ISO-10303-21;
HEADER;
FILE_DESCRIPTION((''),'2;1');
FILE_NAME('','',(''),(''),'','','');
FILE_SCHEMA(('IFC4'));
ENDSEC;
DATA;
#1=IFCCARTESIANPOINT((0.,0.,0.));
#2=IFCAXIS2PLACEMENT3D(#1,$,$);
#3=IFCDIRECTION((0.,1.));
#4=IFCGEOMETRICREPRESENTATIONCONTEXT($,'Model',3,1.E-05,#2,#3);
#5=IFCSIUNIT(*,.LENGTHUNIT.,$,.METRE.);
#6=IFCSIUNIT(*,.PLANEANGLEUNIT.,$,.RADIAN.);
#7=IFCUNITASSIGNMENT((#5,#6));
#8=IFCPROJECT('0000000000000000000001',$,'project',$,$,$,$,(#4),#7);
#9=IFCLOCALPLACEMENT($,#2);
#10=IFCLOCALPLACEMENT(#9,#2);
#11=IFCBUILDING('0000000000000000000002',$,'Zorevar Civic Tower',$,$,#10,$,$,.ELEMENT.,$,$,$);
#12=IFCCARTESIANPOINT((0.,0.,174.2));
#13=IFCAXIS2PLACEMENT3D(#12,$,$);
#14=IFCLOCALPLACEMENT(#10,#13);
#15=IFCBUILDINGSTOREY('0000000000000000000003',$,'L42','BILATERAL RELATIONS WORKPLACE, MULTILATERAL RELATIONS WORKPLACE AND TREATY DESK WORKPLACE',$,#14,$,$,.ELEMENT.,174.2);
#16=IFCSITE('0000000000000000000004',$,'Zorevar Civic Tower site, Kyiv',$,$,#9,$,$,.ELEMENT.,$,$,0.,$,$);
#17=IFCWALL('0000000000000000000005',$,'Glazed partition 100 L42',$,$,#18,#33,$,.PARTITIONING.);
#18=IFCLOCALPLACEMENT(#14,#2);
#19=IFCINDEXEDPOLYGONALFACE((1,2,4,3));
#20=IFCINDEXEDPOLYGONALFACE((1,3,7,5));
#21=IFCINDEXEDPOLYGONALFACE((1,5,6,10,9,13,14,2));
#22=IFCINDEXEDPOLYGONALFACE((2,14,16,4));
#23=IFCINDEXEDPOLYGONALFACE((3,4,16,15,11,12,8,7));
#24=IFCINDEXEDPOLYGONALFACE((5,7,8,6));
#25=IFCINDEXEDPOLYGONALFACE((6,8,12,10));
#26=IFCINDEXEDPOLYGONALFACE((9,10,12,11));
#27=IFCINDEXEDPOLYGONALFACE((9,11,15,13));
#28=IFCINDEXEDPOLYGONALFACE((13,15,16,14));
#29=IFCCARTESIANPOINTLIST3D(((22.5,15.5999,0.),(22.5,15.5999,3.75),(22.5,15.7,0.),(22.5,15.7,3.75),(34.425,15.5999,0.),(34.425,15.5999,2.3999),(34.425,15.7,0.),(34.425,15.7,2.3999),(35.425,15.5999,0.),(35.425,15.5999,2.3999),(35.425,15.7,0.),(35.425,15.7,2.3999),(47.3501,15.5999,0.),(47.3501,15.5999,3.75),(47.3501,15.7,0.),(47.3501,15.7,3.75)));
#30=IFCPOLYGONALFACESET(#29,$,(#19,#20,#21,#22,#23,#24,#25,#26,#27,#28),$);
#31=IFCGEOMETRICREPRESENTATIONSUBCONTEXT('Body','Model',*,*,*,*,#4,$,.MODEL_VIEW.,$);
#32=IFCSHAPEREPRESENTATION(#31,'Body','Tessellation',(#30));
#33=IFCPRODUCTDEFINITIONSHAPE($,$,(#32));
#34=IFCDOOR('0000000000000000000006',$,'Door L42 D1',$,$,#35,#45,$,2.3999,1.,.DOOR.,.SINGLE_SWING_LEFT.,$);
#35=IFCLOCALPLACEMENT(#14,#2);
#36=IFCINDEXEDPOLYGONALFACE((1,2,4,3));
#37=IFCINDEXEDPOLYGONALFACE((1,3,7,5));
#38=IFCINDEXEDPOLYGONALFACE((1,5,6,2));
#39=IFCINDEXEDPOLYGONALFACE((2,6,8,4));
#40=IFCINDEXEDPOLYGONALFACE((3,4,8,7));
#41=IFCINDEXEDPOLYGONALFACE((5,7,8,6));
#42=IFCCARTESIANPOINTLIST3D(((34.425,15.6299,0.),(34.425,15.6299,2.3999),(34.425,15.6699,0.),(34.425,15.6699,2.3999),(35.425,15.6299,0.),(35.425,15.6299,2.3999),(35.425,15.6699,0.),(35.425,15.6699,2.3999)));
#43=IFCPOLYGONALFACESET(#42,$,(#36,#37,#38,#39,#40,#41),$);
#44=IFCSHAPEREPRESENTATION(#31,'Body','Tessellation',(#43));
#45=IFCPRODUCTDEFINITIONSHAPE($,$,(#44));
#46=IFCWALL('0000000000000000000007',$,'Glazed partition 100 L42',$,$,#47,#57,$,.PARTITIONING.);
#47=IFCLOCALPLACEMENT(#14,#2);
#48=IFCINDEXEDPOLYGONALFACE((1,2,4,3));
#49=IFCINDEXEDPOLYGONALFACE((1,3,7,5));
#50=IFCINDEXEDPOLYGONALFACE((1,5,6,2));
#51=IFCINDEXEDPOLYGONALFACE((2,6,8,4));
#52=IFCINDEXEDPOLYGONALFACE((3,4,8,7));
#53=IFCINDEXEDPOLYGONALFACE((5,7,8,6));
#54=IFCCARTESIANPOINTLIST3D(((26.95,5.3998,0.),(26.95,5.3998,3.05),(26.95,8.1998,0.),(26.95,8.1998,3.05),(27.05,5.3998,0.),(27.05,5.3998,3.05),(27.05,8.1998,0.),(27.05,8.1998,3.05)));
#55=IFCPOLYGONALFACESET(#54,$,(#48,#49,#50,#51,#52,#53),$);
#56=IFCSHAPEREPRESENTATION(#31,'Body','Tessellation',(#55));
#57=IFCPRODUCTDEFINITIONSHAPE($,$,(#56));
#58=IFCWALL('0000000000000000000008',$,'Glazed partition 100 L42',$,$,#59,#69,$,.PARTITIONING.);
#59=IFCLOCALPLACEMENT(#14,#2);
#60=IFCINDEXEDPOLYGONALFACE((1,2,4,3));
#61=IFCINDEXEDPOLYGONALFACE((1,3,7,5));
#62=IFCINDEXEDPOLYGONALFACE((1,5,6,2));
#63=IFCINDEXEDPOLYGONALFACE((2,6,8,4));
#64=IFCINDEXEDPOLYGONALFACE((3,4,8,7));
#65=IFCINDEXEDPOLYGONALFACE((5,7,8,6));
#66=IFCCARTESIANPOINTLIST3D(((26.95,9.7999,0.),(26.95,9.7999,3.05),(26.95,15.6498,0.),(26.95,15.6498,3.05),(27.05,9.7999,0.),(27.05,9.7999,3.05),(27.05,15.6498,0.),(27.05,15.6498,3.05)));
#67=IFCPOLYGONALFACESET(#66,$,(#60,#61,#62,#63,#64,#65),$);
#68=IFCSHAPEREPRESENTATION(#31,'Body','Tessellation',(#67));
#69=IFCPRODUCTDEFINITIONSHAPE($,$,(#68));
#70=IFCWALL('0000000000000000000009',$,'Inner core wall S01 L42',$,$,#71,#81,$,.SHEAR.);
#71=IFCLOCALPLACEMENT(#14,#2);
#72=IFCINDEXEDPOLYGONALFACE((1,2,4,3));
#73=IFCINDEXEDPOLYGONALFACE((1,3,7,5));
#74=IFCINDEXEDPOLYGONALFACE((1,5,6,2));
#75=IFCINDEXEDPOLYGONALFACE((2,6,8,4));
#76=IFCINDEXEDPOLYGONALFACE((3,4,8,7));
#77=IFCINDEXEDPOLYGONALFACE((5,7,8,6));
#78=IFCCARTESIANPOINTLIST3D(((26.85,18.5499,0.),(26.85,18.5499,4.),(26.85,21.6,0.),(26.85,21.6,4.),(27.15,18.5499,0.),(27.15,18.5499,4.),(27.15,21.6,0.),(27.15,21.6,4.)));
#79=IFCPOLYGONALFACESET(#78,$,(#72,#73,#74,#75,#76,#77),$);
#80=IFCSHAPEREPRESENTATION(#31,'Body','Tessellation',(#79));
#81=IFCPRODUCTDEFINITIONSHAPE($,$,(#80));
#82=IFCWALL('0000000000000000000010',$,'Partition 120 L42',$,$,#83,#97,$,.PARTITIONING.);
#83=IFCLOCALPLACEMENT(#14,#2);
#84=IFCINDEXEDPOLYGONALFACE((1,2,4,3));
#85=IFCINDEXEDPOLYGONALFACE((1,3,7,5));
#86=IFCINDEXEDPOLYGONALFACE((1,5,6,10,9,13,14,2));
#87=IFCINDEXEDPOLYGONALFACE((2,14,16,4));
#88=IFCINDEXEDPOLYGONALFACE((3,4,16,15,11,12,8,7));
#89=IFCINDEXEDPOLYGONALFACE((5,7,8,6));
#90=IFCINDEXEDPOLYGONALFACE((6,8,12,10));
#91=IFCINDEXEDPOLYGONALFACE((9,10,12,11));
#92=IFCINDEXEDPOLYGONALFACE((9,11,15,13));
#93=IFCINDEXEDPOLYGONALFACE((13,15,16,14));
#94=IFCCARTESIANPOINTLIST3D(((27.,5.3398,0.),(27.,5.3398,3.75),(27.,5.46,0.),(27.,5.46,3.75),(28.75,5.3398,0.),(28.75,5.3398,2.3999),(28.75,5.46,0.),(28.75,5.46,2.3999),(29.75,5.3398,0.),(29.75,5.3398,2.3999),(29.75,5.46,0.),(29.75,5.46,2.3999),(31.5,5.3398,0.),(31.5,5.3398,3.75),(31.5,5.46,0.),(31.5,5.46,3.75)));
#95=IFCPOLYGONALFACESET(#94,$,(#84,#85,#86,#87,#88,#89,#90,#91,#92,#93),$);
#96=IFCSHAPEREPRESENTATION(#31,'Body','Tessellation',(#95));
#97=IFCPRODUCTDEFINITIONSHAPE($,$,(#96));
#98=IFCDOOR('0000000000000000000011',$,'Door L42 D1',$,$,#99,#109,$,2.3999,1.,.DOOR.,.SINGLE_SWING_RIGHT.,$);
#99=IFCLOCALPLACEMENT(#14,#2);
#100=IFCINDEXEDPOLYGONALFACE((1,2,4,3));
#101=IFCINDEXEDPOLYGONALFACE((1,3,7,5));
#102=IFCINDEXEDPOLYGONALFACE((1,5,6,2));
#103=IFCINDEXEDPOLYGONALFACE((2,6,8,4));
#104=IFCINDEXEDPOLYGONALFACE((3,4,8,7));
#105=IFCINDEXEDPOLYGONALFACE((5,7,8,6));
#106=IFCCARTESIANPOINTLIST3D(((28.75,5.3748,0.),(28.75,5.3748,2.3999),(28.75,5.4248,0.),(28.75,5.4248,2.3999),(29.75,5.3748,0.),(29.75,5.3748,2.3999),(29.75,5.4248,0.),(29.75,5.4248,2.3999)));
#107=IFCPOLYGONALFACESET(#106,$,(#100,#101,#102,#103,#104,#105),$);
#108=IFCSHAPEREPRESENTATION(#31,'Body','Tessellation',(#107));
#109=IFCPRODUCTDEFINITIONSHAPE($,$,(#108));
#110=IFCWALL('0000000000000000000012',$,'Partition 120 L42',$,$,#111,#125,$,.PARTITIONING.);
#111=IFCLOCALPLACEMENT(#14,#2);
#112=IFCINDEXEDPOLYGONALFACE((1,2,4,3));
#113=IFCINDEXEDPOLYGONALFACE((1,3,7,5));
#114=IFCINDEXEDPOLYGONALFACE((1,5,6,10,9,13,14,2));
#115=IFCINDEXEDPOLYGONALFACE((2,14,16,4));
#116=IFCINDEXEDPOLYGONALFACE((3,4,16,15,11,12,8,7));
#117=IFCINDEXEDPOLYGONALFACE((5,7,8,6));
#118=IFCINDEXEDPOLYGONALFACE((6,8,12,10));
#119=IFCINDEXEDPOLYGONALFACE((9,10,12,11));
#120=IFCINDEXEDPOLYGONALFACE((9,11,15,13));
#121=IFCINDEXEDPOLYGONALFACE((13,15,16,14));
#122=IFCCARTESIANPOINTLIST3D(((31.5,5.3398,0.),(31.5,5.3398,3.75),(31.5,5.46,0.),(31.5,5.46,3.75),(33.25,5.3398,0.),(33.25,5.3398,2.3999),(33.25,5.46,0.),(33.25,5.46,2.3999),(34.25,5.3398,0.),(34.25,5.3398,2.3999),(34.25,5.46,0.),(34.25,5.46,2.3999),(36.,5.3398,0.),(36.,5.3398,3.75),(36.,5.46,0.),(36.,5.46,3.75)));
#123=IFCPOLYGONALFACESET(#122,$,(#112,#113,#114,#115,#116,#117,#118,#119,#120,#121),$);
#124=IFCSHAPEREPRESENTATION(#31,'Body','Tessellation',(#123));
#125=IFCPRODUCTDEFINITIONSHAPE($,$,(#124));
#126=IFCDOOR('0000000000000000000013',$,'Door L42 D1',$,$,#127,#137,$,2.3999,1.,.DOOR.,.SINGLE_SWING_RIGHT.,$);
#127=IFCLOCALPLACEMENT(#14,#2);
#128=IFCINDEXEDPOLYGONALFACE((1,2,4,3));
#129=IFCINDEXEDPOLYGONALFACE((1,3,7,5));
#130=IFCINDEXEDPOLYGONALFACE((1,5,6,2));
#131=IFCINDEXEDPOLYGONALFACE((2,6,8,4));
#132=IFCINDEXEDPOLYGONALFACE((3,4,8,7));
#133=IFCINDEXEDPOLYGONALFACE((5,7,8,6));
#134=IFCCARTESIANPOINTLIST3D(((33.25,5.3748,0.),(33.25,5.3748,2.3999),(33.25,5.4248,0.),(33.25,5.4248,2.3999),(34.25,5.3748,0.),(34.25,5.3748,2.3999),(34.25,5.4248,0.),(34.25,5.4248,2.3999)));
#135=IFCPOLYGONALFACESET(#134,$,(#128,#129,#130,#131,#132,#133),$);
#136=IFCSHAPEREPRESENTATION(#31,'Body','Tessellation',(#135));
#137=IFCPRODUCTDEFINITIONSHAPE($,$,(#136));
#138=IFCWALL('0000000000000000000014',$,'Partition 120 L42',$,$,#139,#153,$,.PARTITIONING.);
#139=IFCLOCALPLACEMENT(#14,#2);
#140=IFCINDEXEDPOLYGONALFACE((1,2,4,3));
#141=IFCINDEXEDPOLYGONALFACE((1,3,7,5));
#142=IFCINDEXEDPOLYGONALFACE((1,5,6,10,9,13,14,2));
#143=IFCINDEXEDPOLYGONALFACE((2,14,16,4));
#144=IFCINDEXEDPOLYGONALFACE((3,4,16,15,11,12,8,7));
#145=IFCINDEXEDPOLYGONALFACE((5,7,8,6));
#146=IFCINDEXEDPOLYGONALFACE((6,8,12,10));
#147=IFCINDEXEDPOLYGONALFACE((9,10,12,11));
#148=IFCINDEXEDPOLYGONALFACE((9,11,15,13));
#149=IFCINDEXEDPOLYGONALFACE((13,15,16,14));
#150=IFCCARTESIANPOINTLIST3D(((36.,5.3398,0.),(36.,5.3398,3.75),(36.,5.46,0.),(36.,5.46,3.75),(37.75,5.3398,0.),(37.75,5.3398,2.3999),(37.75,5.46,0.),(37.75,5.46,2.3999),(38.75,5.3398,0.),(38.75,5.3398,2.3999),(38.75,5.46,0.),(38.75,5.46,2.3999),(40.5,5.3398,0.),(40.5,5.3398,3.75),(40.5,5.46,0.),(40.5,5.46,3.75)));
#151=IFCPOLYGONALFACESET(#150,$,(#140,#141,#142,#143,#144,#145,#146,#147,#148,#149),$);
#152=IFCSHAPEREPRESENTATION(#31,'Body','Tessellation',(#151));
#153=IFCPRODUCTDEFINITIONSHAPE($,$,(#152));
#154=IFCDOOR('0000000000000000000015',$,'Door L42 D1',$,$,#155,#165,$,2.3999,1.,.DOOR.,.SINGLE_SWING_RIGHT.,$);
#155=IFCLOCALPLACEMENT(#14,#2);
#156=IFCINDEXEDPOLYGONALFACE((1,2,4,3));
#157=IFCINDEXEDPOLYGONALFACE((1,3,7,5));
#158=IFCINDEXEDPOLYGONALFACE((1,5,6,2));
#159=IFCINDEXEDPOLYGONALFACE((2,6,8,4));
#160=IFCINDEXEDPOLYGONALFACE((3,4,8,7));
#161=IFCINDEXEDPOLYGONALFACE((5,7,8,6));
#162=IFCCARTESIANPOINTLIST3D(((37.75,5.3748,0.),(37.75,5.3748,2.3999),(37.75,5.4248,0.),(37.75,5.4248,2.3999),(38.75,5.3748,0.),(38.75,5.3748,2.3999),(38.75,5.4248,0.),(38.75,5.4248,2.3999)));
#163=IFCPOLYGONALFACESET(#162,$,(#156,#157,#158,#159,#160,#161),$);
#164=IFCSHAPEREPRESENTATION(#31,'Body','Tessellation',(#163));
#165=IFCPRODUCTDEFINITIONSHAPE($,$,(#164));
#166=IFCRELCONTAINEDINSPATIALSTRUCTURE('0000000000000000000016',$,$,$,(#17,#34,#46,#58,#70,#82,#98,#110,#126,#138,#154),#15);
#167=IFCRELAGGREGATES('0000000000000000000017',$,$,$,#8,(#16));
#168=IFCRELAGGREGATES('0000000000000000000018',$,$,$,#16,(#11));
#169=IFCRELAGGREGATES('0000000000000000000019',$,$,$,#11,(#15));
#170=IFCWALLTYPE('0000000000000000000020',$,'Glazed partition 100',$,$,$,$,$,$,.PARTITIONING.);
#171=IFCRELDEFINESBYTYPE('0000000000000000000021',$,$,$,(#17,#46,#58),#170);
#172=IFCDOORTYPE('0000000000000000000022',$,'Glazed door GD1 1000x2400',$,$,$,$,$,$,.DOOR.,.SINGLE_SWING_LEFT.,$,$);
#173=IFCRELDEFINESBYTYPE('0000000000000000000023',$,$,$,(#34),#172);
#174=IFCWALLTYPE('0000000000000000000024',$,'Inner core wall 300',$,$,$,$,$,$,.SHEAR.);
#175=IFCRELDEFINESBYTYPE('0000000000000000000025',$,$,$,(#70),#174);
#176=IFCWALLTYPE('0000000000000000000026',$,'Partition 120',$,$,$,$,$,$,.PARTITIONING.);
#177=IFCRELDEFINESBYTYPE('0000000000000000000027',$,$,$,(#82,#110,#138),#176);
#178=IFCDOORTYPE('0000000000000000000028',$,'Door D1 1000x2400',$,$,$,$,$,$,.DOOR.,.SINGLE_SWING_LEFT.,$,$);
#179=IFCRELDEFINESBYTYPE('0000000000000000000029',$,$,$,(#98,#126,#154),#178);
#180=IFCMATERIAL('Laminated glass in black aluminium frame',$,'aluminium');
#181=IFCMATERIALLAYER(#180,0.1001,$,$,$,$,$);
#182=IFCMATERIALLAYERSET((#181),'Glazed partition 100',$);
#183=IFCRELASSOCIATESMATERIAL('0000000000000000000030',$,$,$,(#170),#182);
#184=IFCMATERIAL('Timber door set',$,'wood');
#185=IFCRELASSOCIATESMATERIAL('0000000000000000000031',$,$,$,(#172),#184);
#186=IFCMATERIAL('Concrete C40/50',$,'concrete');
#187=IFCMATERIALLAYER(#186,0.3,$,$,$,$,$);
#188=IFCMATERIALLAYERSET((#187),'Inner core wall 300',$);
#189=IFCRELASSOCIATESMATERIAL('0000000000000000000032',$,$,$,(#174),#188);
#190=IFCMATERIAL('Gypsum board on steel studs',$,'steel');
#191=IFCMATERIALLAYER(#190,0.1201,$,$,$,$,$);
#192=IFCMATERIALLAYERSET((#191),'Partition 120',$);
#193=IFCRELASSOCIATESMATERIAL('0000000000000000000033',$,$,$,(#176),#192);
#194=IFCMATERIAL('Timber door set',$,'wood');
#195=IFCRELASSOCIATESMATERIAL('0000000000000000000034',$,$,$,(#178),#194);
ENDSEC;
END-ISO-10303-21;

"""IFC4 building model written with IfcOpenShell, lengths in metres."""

from ifc_helpers import new_model, si_unit, direction, frame, frame_2d, origin, place, context, subcontext, project, spatial, rectangle, extrude, material, layer, layer_set, type_object, element, fill, save


model = new_model("IFC4")

# Units and contexts
model_context = context("Model", 3, precision=1e-05, world=origin(), true_north=direction((0.0, 1.0)))
body_context = subcontext(model_context, "Body", "Model", "MODEL_VIEW")
ifc_project = project(units=[si_unit("LENGTHUNIT", "METRE"), si_unit("PLANEANGLEUNIT", "RADIAN")], contexts=[model_context])

# Site, building, storey
site_placement = place(None, origin())
site = spatial("IfcSite", under=ifc_project, at=site_placement, Name="Zorevar Civic Tower site, Kyiv", CompositionType="ELEMENT", RefElevation=0.0)
building_placement = place(site_placement, origin())
building = spatial("IfcBuilding", under=site, at=building_placement, Name="Zorevar Civic Tower", CompositionType="ELEMENT")
storey_placement = place(building_placement, frame((0.0, 0.0, 174.2)))
storey = spatial("IfcBuildingStorey", under=building, at=storey_placement, Name="L42", Description="BILATERAL RELATIONS WORKPLACE, MULTILATERAL RELATIONS WORKPLACE AND TREATY DESK WORKPLACE", CompositionType="ELEMENT", Elevation=174.2)

# Wall, opening, door
ifc_material_1 = material(Name="Laminated glass in black aluminium frame", Category="aluminium")
ifc_layer_1 = layer(ifc_material_1, 0.1001)
ifc_layer_set_1 = layer_set([ifc_layer_1], Name="Glazed partition 100")
wall_type_1 = type_object("IfcWallType", Name="Glazed partition 100", PredefinedType="PARTITIONING", material=ifc_layer_set_1)
wall_1_placement = place(storey_placement, frame((22.5, 15.6499, 0.0), z_axis=(0.0, 0.0, 1.0), x_axis=(1.0, 0.0, 0.0)))
wall_1 = element("IfcWall", 1, at=wall_1_placement, inside=storey, type_object=wall_type_1, Name="Glazed partition 100 L42", PredefinedType="PARTITIONING", context=body_context, shape_type="SweptSolid", body=[
    extrude(rectangle(XDim=24.8501, YDim=0.1001, at=frame_2d((12.425, 0.0))), origin(), (0.0, 0.0, 1.0), 3.75),
])
opening_1_placement = place(wall_1_placement, frame((11.925, 0.0, 0.0)))
opening_1 = element("IfcOpeningElement", 2, at=opening_1_placement, cuts=wall_1, PredefinedType="OPENING", context=body_context, shape_type="SweptSolid", body=[
    extrude(rectangle(XDim=1.0, YDim=2.3999, at=frame_2d((0.5, 1.2))), frame((0.0, 0.0601, 0.0), z_axis=(0.0, -1.0, 0.0), x_axis=(1.0, 0.0, 0.0)), (0.0, 0.0, 1.0), 0.1201),
])
ifc_material_2 = material(Name="Timber door set", Category="wood")
door_type_1 = type_object("IfcDoorType", Name="Glazed door GD1 1000x2400", OperationType="SINGLE_SWING_LEFT", PredefinedType="DOOR", material=ifc_material_2)
door_1_placement = place(opening_1_placement, origin())
door_1 = element("IfcDoor", 3, at=door_1_placement, inside=storey, type_object=door_type_1, Name="Door L42 D1", OperationType="SINGLE_SWING_LEFT", OverallHeight=2.3999, OverallWidth=1.0, PredefinedType="DOOR", context=body_context, shape_type="SweptSolid", body=[
    extrude(rectangle(XDim=1.0, YDim=2.3999, at=frame_2d((0.5, 1.2))), frame((0.0, 0.02, 0.0), z_axis=(0.0, -1.0, 0.0), x_axis=(1.0, 0.0, 0.0)), (0.0, 0.0, 1.0), 0.04),
])
fill(opening_1, door_1)

# Walls
wall_2_placement = place(storey_placement, frame((27.0, 5.3999, 0.0), z_axis=(0.0, 0.0, 1.0), x_axis=(0.0, 1.0, 0.0)))
element("IfcWall", 4, at=wall_2_placement, inside=storey, type_object=wall_type_1, Name="Glazed partition 100 L42", PredefinedType="PARTITIONING", context=body_context, shape_type="SweptSolid", body=[
    extrude(rectangle(XDim=2.8, YDim=0.1001, at=frame_2d((1.3999, 0.0))), origin(), (0.0, 0.0, 1.0), 3.05),
])
wall_3_placement = place(storey_placement, frame((27.0, 9.8, 0.0), z_axis=(0.0, 0.0, 1.0), x_axis=(0.0, 1.0, 0.0)))
element("IfcWall", 5, at=wall_3_placement, inside=storey, type_object=wall_type_1, Name="Glazed partition 100 L42", PredefinedType="PARTITIONING", context=body_context, shape_type="SweptSolid", body=[
    extrude(rectangle(XDim=5.8499, YDim=0.1001, at=frame_2d((2.9248, 0.0))), origin(), (0.0, 0.0, 1.0), 3.05),
])
ifc_material_3 = material(Name="Concrete C40/50", Category="concrete")
ifc_layer_2 = layer(ifc_material_3, 0.3)
ifc_layer_set_2 = layer_set([ifc_layer_2], Name="Inner core wall 300")
wall_type_2 = type_object("IfcWallType", Name="Inner core wall 300", PredefinedType="SHEAR", material=ifc_layer_set_2)
wall_4_placement = place(storey_placement, frame((27.0, 18.55, 0.0), z_axis=(0.0, 0.0, 1.0), x_axis=(0.0, 1.0, 0.0)))
element("IfcWall", 6, at=wall_4_placement, inside=storey, type_object=wall_type_2, Name="Inner core wall S01 L42", PredefinedType="SHEAR", context=body_context, shape_type="SweptSolid", body=[
    extrude(rectangle(XDim=3.05, YDim=0.3, at=frame_2d((1.5249, 0.0))), origin(), (0.0, 0.0, 1.0), 4.0),
])

# Walls, openings, doors
ifc_material_4 = material(Name="Gypsum board on steel studs", Category="steel")
ifc_layer_3 = layer(ifc_material_4, 0.1201)
ifc_layer_set_3 = layer_set([ifc_layer_3], Name="Partition 120")
wall_type_3 = type_object("IfcWallType", Name="Partition 120", PredefinedType="PARTITIONING", material=ifc_layer_set_3)
wall_5_placement = place(storey_placement, frame((27.0, 5.3999, 0.0), z_axis=(0.0, 0.0, 1.0), x_axis=(1.0, 0.0, 0.0)))
wall_5 = element("IfcWall", 7, at=wall_5_placement, inside=storey, type_object=wall_type_3, Name="Partition 120 L42", PredefinedType="PARTITIONING", context=body_context, shape_type="SweptSolid", body=[
    extrude(rectangle(XDim=4.5, YDim=0.1201, at=frame_2d((2.25, 0.0))), origin(), (0.0, 0.0, 1.0), 3.75),
])
opening_2_placement = place(wall_5_placement, frame((1.75, 0.0, 0.0)))
opening_2 = element("IfcOpeningElement", 8, at=opening_2_placement, cuts=wall_5, PredefinedType="OPENING", context=body_context, shape_type="SweptSolid", body=[
    extrude(rectangle(XDim=1.0, YDim=2.3999, at=frame_2d((0.5, 1.2))), frame((0.0, 0.0701, 0.0), z_axis=(0.0, -1.0, 0.0), x_axis=(1.0, 0.0, 0.0)), (0.0, 0.0, 1.0), 0.1401),
])
ifc_material_5 = material(Name="Timber door set", Category="wood")
door_type_2 = type_object("IfcDoorType", Name="Door D1 1000x2400", OperationType="SINGLE_SWING_LEFT", PredefinedType="DOOR", material=ifc_material_5)
door_2_placement = place(opening_2_placement, origin())
door_2 = element("IfcDoor", 9, at=door_2_placement, inside=storey, type_object=door_type_2, Name="Door L42 D1", OperationType="SINGLE_SWING_RIGHT", OverallHeight=2.3999, OverallWidth=1.0, PredefinedType="DOOR", context=body_context, shape_type="SweptSolid", body=[
    extrude(rectangle(XDim=1.0, YDim=2.3999, at=frame_2d((0.5, 1.2))), frame((0.0, 0.0249, 0.0), z_axis=(0.0, -1.0, 0.0), x_axis=(1.0, 0.0, 0.0)), (0.0, 0.0, 1.0), 0.05),
])
fill(opening_2, door_2)
wall_6_placement = place(storey_placement, frame((31.5, 5.3999, 0.0), z_axis=(0.0, 0.0, 1.0), x_axis=(1.0, 0.0, 0.0)))
wall_6 = element("IfcWall", 10, at=wall_6_placement, inside=storey, type_object=wall_type_3, Name="Partition 120 L42", PredefinedType="PARTITIONING", context=body_context, shape_type="SweptSolid", body=[
    extrude(rectangle(XDim=4.5, YDim=0.1201, at=frame_2d((2.25, 0.0))), origin(), (0.0, 0.0, 1.0), 3.75),
])
opening_3_placement = place(wall_6_placement, frame((1.75, 0.0, 0.0)))
opening_3 = element("IfcOpeningElement", 11, at=opening_3_placement, cuts=wall_6, PredefinedType="OPENING", context=body_context, shape_type="SweptSolid", body=[
    extrude(rectangle(XDim=1.0, YDim=2.3999, at=frame_2d((0.5, 1.2))), frame((0.0, 0.0701, 0.0), z_axis=(0.0, -1.0, 0.0), x_axis=(1.0, 0.0, 0.0)), (0.0, 0.0, 1.0), 0.1401),
])
door_3_placement = place(opening_3_placement, origin())
door_3 = element("IfcDoor", 12, at=door_3_placement, inside=storey, type_object=door_type_2, Name="Door L42 D1", OperationType="SINGLE_SWING_RIGHT", OverallHeight=2.3999, OverallWidth=1.0, PredefinedType="DOOR", context=body_context, shape_type="SweptSolid", body=[
    extrude(rectangle(XDim=1.0, YDim=2.3999, at=frame_2d((0.5, 1.2))), frame((0.0, 0.0249, 0.0), z_axis=(0.0, -1.0, 0.0), x_axis=(1.0, 0.0, 0.0)), (0.0, 0.0, 1.0), 0.05),
])
fill(opening_3, door_3)
wall_7_placement = place(storey_placement, frame((36.0, 5.3999, 0.0), z_axis=(0.0, 0.0, 1.0), x_axis=(1.0, 0.0, 0.0)))
wall_7 = element("IfcWall", 13, at=wall_7_placement, inside=storey, type_object=wall_type_3, Name="Partition 120 L42", PredefinedType="PARTITIONING", context=body_context, shape_type="SweptSolid", body=[
    extrude(rectangle(XDim=4.5, YDim=0.1201, at=frame_2d((2.25, 0.0))), origin(), (0.0, 0.0, 1.0), 3.75),
])
opening_4_placement = place(wall_7_placement, frame((1.75, 0.0, 0.0)))
opening_4 = element("IfcOpeningElement", 14, at=opening_4_placement, cuts=wall_7, PredefinedType="OPENING", context=body_context, shape_type="SweptSolid", body=[
    extrude(rectangle(XDim=1.0, YDim=2.3999, at=frame_2d((0.5, 1.2))), frame((0.0, 0.0701, 0.0), z_axis=(0.0, -1.0, 0.0), x_axis=(1.0, 0.0, 0.0)), (0.0, 0.0, 1.0), 0.1401),
])
door_4_placement = place(opening_4_placement, origin())
door_4 = element("IfcDoor", 15, at=door_4_placement, inside=storey, type_object=door_type_2, Name="Door L42 D1", OperationType="SINGLE_SWING_RIGHT", OverallHeight=2.3999, OverallWidth=1.0, PredefinedType="DOOR", context=body_context, shape_type="SweptSolid", body=[
    extrude(rectangle(XDim=1.0, YDim=2.3999, at=frame_2d((0.5, 1.2))), frame((0.0, 0.0249, 0.0), z_axis=(0.0, -1.0, 0.0), x_axis=(1.0, 0.0, 0.0)), (0.0, 0.0, 1.0), 0.05),
])
fill(opening_4, door_4)

save(model, "model.ifc")
